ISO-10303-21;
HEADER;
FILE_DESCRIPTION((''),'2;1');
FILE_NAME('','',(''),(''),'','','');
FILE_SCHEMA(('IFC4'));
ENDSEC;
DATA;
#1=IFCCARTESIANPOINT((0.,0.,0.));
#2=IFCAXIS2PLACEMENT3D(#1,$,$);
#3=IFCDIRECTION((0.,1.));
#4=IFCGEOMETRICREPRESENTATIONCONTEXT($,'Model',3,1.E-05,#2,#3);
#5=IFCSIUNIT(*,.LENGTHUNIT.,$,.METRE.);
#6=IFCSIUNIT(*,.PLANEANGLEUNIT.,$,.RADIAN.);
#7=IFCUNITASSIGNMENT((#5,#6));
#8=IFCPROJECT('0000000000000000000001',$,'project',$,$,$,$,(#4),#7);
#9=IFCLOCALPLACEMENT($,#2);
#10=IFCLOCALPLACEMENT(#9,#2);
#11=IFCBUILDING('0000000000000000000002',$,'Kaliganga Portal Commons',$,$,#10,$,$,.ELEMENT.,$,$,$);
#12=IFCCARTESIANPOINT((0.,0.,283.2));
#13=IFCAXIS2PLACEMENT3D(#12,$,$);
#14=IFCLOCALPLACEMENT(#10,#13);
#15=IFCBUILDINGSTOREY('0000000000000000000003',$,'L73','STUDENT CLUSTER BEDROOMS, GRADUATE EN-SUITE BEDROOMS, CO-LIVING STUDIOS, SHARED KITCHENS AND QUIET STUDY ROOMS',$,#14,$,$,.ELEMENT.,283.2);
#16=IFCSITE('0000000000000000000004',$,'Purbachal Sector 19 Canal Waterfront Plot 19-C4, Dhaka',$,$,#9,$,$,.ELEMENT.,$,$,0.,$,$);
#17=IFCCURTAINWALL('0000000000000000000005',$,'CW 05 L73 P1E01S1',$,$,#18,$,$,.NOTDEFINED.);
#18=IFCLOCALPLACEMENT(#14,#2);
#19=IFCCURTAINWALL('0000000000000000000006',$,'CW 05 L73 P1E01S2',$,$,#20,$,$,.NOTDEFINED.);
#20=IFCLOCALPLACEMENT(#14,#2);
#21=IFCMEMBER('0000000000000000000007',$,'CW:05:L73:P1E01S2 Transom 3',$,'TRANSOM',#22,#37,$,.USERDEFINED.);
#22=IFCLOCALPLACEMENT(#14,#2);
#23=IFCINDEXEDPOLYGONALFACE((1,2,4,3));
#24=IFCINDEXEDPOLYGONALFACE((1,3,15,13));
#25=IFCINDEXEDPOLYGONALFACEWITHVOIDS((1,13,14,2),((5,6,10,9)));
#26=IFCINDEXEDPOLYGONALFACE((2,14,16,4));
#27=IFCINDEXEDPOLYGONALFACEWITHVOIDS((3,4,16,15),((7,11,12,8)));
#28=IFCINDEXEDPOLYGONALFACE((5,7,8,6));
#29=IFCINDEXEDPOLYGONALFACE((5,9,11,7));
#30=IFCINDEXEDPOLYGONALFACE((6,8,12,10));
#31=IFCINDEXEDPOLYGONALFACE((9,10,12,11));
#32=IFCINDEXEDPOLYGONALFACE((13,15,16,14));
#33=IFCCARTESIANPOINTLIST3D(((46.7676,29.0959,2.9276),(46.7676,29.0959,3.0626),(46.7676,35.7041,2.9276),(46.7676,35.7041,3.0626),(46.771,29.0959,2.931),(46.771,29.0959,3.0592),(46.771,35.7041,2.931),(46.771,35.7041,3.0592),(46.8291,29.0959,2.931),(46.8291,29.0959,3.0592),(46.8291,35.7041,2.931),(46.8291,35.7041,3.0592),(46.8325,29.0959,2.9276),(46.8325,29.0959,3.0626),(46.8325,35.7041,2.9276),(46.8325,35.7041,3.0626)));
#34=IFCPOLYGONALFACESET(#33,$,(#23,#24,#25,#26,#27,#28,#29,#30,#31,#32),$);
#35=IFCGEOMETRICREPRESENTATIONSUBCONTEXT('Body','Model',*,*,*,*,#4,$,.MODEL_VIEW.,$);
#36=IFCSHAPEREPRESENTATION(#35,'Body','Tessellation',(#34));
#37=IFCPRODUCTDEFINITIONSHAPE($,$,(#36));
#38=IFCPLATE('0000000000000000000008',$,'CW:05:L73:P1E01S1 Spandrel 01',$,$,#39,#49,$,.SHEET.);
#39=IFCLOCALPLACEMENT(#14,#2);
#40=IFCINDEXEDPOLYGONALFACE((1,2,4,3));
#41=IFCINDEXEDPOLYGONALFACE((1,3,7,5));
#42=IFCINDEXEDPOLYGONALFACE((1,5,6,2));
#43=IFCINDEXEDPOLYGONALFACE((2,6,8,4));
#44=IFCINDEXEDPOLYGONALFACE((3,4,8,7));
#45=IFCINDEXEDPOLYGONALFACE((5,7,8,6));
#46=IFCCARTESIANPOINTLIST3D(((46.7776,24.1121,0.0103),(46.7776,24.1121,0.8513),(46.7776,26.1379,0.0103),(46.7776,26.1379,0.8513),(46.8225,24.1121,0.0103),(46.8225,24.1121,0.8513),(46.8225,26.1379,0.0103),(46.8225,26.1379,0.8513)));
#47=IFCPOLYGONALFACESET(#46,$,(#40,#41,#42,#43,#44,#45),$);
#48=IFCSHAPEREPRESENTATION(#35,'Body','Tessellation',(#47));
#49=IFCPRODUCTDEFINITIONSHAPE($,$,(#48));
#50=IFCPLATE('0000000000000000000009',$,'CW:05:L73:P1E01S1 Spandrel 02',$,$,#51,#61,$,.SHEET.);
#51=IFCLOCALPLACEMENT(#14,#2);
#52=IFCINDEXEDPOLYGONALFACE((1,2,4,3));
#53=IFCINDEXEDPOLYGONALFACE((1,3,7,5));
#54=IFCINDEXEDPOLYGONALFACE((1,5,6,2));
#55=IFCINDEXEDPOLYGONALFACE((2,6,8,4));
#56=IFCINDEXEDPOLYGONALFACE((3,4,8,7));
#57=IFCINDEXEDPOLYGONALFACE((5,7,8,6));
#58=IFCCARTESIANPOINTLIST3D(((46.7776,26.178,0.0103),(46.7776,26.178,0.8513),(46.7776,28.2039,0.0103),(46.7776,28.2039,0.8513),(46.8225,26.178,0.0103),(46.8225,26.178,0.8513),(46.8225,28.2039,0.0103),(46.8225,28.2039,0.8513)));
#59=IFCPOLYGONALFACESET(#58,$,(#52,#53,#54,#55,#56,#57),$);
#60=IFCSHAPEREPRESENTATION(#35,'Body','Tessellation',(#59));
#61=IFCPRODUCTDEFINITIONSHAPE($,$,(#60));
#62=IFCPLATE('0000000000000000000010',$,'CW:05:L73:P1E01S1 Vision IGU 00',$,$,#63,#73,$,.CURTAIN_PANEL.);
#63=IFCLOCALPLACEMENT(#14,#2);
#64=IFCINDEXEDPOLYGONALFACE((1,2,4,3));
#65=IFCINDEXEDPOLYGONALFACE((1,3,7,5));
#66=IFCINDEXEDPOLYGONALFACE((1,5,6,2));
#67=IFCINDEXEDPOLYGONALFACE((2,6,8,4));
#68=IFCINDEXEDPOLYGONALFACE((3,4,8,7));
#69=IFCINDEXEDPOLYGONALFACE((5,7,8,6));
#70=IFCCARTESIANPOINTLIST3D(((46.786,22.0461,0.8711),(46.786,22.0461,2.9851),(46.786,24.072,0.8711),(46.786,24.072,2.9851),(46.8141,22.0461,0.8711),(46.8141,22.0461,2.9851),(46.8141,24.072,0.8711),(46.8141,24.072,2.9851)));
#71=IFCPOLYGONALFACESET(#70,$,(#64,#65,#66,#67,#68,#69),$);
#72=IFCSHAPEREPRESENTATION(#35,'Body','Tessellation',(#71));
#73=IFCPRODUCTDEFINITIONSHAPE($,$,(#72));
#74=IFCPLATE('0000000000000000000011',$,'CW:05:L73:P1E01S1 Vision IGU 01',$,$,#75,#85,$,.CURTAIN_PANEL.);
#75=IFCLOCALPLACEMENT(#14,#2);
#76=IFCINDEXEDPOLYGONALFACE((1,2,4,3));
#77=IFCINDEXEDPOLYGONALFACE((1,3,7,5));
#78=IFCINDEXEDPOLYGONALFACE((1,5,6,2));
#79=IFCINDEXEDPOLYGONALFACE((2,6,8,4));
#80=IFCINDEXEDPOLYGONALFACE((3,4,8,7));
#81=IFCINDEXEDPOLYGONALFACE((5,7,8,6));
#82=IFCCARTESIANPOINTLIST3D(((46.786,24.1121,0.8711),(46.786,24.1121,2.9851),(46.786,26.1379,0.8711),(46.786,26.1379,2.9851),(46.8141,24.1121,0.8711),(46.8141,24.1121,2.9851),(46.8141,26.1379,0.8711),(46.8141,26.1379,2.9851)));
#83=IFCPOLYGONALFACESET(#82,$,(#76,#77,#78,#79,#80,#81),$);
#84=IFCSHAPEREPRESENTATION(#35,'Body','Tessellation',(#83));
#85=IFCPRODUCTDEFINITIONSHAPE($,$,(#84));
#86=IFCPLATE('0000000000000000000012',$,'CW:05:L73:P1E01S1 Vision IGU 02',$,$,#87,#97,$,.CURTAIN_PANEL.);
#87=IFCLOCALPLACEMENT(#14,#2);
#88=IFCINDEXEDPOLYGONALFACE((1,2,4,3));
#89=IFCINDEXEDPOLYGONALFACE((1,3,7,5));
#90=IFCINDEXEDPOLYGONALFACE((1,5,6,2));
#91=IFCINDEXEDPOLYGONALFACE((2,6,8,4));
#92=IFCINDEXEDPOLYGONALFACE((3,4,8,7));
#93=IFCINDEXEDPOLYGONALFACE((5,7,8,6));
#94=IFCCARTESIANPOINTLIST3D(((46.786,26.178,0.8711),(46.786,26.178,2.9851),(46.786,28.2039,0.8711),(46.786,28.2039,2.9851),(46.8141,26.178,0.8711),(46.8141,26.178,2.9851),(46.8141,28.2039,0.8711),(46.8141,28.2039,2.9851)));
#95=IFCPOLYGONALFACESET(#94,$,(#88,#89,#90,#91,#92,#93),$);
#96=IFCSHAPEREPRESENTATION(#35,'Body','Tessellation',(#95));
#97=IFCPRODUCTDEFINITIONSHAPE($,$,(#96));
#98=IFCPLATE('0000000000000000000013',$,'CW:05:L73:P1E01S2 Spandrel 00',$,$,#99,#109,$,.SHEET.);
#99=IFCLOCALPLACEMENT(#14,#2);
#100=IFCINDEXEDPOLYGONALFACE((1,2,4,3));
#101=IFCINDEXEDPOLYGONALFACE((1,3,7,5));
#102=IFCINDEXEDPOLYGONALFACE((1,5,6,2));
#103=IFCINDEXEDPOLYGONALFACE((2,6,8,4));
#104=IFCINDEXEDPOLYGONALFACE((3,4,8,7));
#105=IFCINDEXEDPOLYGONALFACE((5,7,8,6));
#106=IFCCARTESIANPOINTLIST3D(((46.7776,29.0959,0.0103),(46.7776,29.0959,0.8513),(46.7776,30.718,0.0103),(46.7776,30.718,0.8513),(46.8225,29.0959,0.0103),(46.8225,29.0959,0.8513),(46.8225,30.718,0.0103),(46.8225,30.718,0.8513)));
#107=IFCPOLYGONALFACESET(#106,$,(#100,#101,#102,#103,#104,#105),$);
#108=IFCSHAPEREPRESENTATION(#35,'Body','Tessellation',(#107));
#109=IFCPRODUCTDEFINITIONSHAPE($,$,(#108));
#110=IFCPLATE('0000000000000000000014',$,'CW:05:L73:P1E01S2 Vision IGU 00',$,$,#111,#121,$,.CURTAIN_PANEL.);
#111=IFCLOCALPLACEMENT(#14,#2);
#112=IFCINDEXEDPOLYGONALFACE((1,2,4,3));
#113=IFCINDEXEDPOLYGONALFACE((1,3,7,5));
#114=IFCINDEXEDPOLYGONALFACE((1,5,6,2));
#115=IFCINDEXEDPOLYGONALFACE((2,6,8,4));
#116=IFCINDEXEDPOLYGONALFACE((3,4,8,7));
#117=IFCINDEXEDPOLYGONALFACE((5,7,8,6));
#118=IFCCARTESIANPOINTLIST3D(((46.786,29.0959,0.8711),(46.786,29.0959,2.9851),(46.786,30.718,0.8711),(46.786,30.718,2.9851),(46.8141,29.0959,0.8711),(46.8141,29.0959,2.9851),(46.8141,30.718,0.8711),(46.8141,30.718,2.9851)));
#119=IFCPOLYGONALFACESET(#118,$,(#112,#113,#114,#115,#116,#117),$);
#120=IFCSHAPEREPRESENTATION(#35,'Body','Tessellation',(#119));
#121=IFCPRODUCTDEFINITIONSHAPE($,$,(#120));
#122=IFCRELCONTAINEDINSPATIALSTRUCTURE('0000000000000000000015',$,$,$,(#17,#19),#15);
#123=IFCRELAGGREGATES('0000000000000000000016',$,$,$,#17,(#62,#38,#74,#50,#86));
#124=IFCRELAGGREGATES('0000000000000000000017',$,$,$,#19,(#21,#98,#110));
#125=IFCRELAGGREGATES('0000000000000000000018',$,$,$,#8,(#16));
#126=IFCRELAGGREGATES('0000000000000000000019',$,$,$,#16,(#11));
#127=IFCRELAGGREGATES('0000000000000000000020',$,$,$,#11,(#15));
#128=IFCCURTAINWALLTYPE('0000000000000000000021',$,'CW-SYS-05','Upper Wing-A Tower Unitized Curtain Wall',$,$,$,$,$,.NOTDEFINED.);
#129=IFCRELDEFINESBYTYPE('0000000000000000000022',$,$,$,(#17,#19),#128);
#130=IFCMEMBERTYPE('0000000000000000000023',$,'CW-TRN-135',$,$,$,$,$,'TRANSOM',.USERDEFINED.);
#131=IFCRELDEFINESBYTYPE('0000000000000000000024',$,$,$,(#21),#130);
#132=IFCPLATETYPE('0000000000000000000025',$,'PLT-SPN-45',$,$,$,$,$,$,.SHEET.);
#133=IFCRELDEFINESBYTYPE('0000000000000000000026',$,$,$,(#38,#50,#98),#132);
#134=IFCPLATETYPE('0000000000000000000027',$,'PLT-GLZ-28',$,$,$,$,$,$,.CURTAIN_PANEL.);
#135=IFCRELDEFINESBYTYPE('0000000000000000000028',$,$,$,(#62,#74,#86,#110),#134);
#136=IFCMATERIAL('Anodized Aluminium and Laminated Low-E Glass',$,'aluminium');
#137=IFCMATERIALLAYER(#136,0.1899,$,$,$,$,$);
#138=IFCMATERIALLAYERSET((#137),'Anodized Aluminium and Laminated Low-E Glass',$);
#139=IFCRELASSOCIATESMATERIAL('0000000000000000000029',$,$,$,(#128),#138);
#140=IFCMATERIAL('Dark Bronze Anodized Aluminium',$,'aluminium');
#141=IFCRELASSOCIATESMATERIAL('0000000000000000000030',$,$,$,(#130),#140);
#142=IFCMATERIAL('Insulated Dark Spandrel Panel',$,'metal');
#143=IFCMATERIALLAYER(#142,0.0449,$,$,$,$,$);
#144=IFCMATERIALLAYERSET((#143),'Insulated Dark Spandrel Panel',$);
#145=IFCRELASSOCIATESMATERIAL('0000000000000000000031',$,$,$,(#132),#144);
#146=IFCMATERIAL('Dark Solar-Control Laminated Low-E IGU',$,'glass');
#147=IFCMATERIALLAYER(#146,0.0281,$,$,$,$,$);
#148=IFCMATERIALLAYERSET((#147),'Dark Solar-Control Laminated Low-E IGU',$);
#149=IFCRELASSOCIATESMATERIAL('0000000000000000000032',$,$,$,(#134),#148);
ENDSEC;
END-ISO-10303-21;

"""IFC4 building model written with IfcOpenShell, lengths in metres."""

from ifc_helpers import new_model, si_unit, direction, frame, origin, origin_2d, place, context, subcontext, project, spatial, rectangle, hollow_rectangle, extrude, source, transform, mapped, material, layer, layer_set, material_profile, profile_set, type_object, element, aggregate, save


model = new_model("IFC4")

# Units and contexts
model_context = context("Model", 3, precision=1e-05, world=origin(), true_north=direction((0.0, 1.0)))
body_context = subcontext(model_context, "Body", "Model", "MODEL_VIEW")
ifc_project = project(units=[si_unit("LENGTHUNIT", "METRE"), si_unit("PLANEANGLEUNIT", "RADIAN")], contexts=[model_context])

# Site, building, storey
site_placement = place(None, origin())
site = spatial("IfcSite", under=ifc_project, at=site_placement, Name="Purbachal Sector 19 Canal Waterfront Plot 19-C4, Dhaka", CompositionType="ELEMENT", RefElevation=0.0)
building_placement = place(site_placement, origin())
building = spatial("IfcBuilding", under=site, at=building_placement, Name="Kaliganga Portal Commons", CompositionType="ELEMENT")
storey_placement = place(building_placement, frame((0.0, 0.0, 283.2)))
storey = spatial("IfcBuildingStorey", under=building, at=storey_placement, Name="L73", Description="STUDENT CLUSTER BEDROOMS, GRADUATE EN-SUITE BEDROOMS, CO-LIVING STUDIOS, SHARED KITCHENS AND QUIET STUDY ROOMS", CompositionType="ELEMENT", Elevation=283.2)

# Curtain walls, member
ifc_material_1 = material(Name="Anodized Aluminium and Laminated Low-E Glass", Category="aluminium")
ifc_layer_1 = layer(ifc_material_1, 0.1899)
ifc_layer_set_1 = layer_set([ifc_layer_1], Name="Anodized Aluminium and Laminated Low-E Glass")
curtain_wall_type = type_object("IfcCurtainWallType", Name="CW-SYS-05", Description="Upper Wing-A Tower Unitized Curtain Wall", PredefinedType="NOTDEFINED", material=ifc_layer_set_1)
curtain_wall_1_placement = place(storey_placement, origin())
curtain_wall_1 = element("IfcCurtainWall", 1, at=curtain_wall_1_placement, inside=storey, type_object=curtain_wall_type, Name="CW 05 L73 P1E01S1", PredefinedType="NOTDEFINED")
ifc_material_2 = material(Name="Dark Bronze Anodized Aluminium", Category="aluminium")
curtain_wall_2_placement = place(storey_placement, origin())
curtain_wall_2 = element("IfcCurtainWall", 2, at=curtain_wall_2_placement, inside=storey, type_object=curtain_wall_type, Name="CW 05 L73 P1E01S2", PredefinedType="NOTDEFINED")
ifc_material_profile_1 = material_profile(ifc_material_2, hollow_rectangle(XDim=0.0649, YDim=0.135, WallThickness=0.0034, at=origin_2d()), Name="ALU TRAN 65x135x3.5")
ifc_profile_set_1 = profile_set([ifc_material_profile_1], Name="Dark Bronze Anodized Aluminium")
member_type_1 = type_object("IfcMemberType", Name="CW-TRN-135", ElementType="TRANSOM", PredefinedType="USERDEFINED", material=ifc_profile_set_1)
shared_shape_1 = source(origin(), body_context, "Body", "SweptSolid", [
    extrude(hollow_rectangle(XDim=0.0649, YDim=0.135, WallThickness=0.0034, at=origin_2d()), origin(), (0.0, 0.0, 1.0), 6.6082),
])
member_1_placement = place(storey_placement, frame((46.8, 29.0959, 2.9951), z_axis=(0.0, 1.0, 0.0), x_axis=(-1.0, 0.0, 0.0)))
member_1 = element("IfcMember", 3, at=member_1_placement, type_object=member_type_1, Name="CW:05:L73:P1E01S2 Transom 3", ObjectType="TRANSOM", PredefinedType="USERDEFINED", context=body_context, shape_type="MappedRepresentation", body=[
    mapped(shared_shape_1, transform((0.0, 0.0, 0.0), x_axis=(1.0, 0.0, 0.0), y_axis=(0.0, 1.0, 0.0), z_axis=(0.0, 0.0, 1.0), scale=1.0)),
])

# Plates
ifc_material_3 = material(Name="Insulated Dark Spandrel Panel", Category="metal")
ifc_layer_2 = layer(ifc_material_3, 0.0449)
ifc_layer_set_2 = layer_set([ifc_layer_2], Name="Insulated Dark Spandrel Panel")
plate_type_1 = type_object("IfcPlateType", Name="PLT-SPN-45", PredefinedType="SHEET", material=ifc_layer_set_2)
shared_shape_2 = source(origin(), body_context, "Body", "SweptSolid", [
    extrude(rectangle(XDim=2.0259, YDim=0.0449, at=origin_2d()), origin(), (0.0, 0.0, 1.0), 0.8411),
])
plate_1_placement = place(storey_placement, frame((46.8, 25.125, 0.0103), z_axis=(0.0, 0.0, 1.0), x_axis=(0.0, 1.0, 0.0)))
plate_1 = element("IfcPlate", 4, at=plate_1_placement, type_object=plate_type_1, Name="CW:05:L73:P1E01S1 Spandrel 01", PredefinedType="SHEET", context=body_context, shape_type="MappedRepresentation", body=[
    mapped(shared_shape_2, transform((0.0, 0.0, 0.0), x_axis=(1.0, 0.0, 0.0), y_axis=(0.0, 1.0, 0.0), z_axis=(0.0, 0.0, 1.0), scale=1.0)),
])
plate_2_placement = place(storey_placement, frame((46.8, 27.1909, 0.0103), z_axis=(0.0, 0.0, 1.0), x_axis=(0.0, 1.0, 0.0)))
plate_2 = element("IfcPlate", 5, at=plate_2_placement, type_object=plate_type_1, Name="CW:05:L73:P1E01S1 Spandrel 02", PredefinedType="SHEET", context=body_context, shape_type="MappedRepresentation", body=[
    mapped(shared_shape_2, transform((0.0, 0.0, 0.0), x_axis=(1.0, 0.0, 0.0), y_axis=(0.0, 1.0, 0.0), z_axis=(0.0, 0.0, 1.0), scale=1.0)),
])
ifc_material_4 = material(Name="Dark Solar-Control Laminated Low-E IGU", Category="glass")
ifc_layer_3 = layer(ifc_material_4, 0.0281)
ifc_layer_set_3 = layer_set([ifc_layer_3], Name="Dark Solar-Control Laminated Low-E IGU")
plate_type_2 = type_object("IfcPlateType", Name="PLT-GLZ-28", PredefinedType="CURTAIN_PANEL", material=ifc_layer_set_3)
shared_shape_3 = source(origin(), body_context, "Body", "SweptSolid", [
    extrude(rectangle(XDim=2.0259, YDim=0.0281, at=origin_2d()), origin(), (0.0, 0.0, 1.0), 2.114),
])
plate_3_placement = place(storey_placement, frame((46.8, 23.0591, 0.8711), z_axis=(0.0, 0.0, 1.0), x_axis=(0.0, 1.0, 0.0)))
plate_3 = element("IfcPlate", 6, at=plate_3_placement, type_object=plate_type_2, Name="CW:05:L73:P1E01S1 Vision IGU 00", PredefinedType="CURTAIN_PANEL", context=body_context, shape_type="MappedRepresentation", body=[
    mapped(shared_shape_3, transform((0.0, 0.0, 0.0), x_axis=(1.0, 0.0, 0.0), y_axis=(0.0, 1.0, 0.0), z_axis=(0.0, 0.0, 1.0), scale=1.0)),
])
plate_4_placement = place(storey_placement, frame((46.8, 25.125, 0.8711), z_axis=(0.0, 0.0, 1.0), x_axis=(0.0, 1.0, 0.0)))
plate_4 = element("IfcPlate", 7, at=plate_4_placement, type_object=plate_type_2, Name="CW:05:L73:P1E01S1 Vision IGU 01", PredefinedType="CURTAIN_PANEL", context=body_context, shape_type="MappedRepresentation", body=[
    mapped(shared_shape_3, transform((0.0, 0.0, 0.0), x_axis=(1.0, 0.0, 0.0), y_axis=(0.0, 1.0, 0.0), z_axis=(0.0, 0.0, 1.0), scale=1.0)),
])
plate_5_placement = place(storey_placement, frame((46.8, 27.1909, 0.8711), z_axis=(0.0, 0.0, 1.0), x_axis=(0.0, 1.0, 0.0)))
plate_5 = element("IfcPlate", 8, at=plate_5_placement, type_object=plate_type_2, Name="CW:05:L73:P1E01S1 Vision IGU 02", PredefinedType="CURTAIN_PANEL", context=body_context, shape_type="MappedRepresentation", body=[
    mapped(shared_shape_3, transform((0.0, 0.0, 0.0), x_axis=(1.0, 0.0, 0.0), y_axis=(0.0, 1.0, 0.0), z_axis=(0.0, 0.0, 1.0), scale=1.0)),
])
aggregate(curtain_wall_1, [plate_3, plate_1, plate_4, plate_2, plate_5])
shared_shape_4 = source(origin(), body_context, "Body", "SweptSolid", [
    extrude(rectangle(XDim=1.6221, YDim=0.0449, at=origin_2d()), origin(), (0.0, 0.0, 1.0), 0.8411),
])
plate_6_placement = place(storey_placement, frame((46.8, 29.907, 0.0103), z_axis=(0.0, 0.0, 1.0), x_axis=(0.0, 1.0, 0.0)))
plate_6 = element("IfcPlate", 9, at=plate_6_placement, type_object=plate_type_1, Name="CW:05:L73:P1E01S2 Spandrel 00", PredefinedType="SHEET", context=body_context, shape_type="MappedRepresentation", body=[
    mapped(shared_shape_4, transform((0.0, 0.0, 0.0), x_axis=(1.0, 0.0, 0.0), y_axis=(0.0, 1.0, 0.0), z_axis=(0.0, 0.0, 1.0), scale=1.0)),
])
shared_shape_5 = source(origin(), body_context, "Body", "SweptSolid", [
    extrude(rectangle(XDim=1.6221, YDim=0.0281, at=origin_2d()), origin(), (0.0, 0.0, 1.0), 2.114),
])
plate_7_placement = place(storey_placement, frame((46.8, 29.907, 0.8711), z_axis=(0.0, 0.0, 1.0), x_axis=(0.0, 1.0, 0.0)))
plate_7 = element("IfcPlate", 10, at=plate_7_placement, type_object=plate_type_2, Name="CW:05:L73:P1E01S2 Vision IGU 00", PredefinedType="CURTAIN_PANEL", context=body_context, shape_type="MappedRepresentation", body=[
    mapped(shared_shape_5, transform((0.0, 0.0, 0.0), x_axis=(1.0, 0.0, 0.0), y_axis=(0.0, 1.0, 0.0), z_axis=(0.0, 0.0, 1.0), scale=1.0)),
])
aggregate(curtain_wall_2, [member_1, plate_6, plate_7])

save(model, "model.ifc")
